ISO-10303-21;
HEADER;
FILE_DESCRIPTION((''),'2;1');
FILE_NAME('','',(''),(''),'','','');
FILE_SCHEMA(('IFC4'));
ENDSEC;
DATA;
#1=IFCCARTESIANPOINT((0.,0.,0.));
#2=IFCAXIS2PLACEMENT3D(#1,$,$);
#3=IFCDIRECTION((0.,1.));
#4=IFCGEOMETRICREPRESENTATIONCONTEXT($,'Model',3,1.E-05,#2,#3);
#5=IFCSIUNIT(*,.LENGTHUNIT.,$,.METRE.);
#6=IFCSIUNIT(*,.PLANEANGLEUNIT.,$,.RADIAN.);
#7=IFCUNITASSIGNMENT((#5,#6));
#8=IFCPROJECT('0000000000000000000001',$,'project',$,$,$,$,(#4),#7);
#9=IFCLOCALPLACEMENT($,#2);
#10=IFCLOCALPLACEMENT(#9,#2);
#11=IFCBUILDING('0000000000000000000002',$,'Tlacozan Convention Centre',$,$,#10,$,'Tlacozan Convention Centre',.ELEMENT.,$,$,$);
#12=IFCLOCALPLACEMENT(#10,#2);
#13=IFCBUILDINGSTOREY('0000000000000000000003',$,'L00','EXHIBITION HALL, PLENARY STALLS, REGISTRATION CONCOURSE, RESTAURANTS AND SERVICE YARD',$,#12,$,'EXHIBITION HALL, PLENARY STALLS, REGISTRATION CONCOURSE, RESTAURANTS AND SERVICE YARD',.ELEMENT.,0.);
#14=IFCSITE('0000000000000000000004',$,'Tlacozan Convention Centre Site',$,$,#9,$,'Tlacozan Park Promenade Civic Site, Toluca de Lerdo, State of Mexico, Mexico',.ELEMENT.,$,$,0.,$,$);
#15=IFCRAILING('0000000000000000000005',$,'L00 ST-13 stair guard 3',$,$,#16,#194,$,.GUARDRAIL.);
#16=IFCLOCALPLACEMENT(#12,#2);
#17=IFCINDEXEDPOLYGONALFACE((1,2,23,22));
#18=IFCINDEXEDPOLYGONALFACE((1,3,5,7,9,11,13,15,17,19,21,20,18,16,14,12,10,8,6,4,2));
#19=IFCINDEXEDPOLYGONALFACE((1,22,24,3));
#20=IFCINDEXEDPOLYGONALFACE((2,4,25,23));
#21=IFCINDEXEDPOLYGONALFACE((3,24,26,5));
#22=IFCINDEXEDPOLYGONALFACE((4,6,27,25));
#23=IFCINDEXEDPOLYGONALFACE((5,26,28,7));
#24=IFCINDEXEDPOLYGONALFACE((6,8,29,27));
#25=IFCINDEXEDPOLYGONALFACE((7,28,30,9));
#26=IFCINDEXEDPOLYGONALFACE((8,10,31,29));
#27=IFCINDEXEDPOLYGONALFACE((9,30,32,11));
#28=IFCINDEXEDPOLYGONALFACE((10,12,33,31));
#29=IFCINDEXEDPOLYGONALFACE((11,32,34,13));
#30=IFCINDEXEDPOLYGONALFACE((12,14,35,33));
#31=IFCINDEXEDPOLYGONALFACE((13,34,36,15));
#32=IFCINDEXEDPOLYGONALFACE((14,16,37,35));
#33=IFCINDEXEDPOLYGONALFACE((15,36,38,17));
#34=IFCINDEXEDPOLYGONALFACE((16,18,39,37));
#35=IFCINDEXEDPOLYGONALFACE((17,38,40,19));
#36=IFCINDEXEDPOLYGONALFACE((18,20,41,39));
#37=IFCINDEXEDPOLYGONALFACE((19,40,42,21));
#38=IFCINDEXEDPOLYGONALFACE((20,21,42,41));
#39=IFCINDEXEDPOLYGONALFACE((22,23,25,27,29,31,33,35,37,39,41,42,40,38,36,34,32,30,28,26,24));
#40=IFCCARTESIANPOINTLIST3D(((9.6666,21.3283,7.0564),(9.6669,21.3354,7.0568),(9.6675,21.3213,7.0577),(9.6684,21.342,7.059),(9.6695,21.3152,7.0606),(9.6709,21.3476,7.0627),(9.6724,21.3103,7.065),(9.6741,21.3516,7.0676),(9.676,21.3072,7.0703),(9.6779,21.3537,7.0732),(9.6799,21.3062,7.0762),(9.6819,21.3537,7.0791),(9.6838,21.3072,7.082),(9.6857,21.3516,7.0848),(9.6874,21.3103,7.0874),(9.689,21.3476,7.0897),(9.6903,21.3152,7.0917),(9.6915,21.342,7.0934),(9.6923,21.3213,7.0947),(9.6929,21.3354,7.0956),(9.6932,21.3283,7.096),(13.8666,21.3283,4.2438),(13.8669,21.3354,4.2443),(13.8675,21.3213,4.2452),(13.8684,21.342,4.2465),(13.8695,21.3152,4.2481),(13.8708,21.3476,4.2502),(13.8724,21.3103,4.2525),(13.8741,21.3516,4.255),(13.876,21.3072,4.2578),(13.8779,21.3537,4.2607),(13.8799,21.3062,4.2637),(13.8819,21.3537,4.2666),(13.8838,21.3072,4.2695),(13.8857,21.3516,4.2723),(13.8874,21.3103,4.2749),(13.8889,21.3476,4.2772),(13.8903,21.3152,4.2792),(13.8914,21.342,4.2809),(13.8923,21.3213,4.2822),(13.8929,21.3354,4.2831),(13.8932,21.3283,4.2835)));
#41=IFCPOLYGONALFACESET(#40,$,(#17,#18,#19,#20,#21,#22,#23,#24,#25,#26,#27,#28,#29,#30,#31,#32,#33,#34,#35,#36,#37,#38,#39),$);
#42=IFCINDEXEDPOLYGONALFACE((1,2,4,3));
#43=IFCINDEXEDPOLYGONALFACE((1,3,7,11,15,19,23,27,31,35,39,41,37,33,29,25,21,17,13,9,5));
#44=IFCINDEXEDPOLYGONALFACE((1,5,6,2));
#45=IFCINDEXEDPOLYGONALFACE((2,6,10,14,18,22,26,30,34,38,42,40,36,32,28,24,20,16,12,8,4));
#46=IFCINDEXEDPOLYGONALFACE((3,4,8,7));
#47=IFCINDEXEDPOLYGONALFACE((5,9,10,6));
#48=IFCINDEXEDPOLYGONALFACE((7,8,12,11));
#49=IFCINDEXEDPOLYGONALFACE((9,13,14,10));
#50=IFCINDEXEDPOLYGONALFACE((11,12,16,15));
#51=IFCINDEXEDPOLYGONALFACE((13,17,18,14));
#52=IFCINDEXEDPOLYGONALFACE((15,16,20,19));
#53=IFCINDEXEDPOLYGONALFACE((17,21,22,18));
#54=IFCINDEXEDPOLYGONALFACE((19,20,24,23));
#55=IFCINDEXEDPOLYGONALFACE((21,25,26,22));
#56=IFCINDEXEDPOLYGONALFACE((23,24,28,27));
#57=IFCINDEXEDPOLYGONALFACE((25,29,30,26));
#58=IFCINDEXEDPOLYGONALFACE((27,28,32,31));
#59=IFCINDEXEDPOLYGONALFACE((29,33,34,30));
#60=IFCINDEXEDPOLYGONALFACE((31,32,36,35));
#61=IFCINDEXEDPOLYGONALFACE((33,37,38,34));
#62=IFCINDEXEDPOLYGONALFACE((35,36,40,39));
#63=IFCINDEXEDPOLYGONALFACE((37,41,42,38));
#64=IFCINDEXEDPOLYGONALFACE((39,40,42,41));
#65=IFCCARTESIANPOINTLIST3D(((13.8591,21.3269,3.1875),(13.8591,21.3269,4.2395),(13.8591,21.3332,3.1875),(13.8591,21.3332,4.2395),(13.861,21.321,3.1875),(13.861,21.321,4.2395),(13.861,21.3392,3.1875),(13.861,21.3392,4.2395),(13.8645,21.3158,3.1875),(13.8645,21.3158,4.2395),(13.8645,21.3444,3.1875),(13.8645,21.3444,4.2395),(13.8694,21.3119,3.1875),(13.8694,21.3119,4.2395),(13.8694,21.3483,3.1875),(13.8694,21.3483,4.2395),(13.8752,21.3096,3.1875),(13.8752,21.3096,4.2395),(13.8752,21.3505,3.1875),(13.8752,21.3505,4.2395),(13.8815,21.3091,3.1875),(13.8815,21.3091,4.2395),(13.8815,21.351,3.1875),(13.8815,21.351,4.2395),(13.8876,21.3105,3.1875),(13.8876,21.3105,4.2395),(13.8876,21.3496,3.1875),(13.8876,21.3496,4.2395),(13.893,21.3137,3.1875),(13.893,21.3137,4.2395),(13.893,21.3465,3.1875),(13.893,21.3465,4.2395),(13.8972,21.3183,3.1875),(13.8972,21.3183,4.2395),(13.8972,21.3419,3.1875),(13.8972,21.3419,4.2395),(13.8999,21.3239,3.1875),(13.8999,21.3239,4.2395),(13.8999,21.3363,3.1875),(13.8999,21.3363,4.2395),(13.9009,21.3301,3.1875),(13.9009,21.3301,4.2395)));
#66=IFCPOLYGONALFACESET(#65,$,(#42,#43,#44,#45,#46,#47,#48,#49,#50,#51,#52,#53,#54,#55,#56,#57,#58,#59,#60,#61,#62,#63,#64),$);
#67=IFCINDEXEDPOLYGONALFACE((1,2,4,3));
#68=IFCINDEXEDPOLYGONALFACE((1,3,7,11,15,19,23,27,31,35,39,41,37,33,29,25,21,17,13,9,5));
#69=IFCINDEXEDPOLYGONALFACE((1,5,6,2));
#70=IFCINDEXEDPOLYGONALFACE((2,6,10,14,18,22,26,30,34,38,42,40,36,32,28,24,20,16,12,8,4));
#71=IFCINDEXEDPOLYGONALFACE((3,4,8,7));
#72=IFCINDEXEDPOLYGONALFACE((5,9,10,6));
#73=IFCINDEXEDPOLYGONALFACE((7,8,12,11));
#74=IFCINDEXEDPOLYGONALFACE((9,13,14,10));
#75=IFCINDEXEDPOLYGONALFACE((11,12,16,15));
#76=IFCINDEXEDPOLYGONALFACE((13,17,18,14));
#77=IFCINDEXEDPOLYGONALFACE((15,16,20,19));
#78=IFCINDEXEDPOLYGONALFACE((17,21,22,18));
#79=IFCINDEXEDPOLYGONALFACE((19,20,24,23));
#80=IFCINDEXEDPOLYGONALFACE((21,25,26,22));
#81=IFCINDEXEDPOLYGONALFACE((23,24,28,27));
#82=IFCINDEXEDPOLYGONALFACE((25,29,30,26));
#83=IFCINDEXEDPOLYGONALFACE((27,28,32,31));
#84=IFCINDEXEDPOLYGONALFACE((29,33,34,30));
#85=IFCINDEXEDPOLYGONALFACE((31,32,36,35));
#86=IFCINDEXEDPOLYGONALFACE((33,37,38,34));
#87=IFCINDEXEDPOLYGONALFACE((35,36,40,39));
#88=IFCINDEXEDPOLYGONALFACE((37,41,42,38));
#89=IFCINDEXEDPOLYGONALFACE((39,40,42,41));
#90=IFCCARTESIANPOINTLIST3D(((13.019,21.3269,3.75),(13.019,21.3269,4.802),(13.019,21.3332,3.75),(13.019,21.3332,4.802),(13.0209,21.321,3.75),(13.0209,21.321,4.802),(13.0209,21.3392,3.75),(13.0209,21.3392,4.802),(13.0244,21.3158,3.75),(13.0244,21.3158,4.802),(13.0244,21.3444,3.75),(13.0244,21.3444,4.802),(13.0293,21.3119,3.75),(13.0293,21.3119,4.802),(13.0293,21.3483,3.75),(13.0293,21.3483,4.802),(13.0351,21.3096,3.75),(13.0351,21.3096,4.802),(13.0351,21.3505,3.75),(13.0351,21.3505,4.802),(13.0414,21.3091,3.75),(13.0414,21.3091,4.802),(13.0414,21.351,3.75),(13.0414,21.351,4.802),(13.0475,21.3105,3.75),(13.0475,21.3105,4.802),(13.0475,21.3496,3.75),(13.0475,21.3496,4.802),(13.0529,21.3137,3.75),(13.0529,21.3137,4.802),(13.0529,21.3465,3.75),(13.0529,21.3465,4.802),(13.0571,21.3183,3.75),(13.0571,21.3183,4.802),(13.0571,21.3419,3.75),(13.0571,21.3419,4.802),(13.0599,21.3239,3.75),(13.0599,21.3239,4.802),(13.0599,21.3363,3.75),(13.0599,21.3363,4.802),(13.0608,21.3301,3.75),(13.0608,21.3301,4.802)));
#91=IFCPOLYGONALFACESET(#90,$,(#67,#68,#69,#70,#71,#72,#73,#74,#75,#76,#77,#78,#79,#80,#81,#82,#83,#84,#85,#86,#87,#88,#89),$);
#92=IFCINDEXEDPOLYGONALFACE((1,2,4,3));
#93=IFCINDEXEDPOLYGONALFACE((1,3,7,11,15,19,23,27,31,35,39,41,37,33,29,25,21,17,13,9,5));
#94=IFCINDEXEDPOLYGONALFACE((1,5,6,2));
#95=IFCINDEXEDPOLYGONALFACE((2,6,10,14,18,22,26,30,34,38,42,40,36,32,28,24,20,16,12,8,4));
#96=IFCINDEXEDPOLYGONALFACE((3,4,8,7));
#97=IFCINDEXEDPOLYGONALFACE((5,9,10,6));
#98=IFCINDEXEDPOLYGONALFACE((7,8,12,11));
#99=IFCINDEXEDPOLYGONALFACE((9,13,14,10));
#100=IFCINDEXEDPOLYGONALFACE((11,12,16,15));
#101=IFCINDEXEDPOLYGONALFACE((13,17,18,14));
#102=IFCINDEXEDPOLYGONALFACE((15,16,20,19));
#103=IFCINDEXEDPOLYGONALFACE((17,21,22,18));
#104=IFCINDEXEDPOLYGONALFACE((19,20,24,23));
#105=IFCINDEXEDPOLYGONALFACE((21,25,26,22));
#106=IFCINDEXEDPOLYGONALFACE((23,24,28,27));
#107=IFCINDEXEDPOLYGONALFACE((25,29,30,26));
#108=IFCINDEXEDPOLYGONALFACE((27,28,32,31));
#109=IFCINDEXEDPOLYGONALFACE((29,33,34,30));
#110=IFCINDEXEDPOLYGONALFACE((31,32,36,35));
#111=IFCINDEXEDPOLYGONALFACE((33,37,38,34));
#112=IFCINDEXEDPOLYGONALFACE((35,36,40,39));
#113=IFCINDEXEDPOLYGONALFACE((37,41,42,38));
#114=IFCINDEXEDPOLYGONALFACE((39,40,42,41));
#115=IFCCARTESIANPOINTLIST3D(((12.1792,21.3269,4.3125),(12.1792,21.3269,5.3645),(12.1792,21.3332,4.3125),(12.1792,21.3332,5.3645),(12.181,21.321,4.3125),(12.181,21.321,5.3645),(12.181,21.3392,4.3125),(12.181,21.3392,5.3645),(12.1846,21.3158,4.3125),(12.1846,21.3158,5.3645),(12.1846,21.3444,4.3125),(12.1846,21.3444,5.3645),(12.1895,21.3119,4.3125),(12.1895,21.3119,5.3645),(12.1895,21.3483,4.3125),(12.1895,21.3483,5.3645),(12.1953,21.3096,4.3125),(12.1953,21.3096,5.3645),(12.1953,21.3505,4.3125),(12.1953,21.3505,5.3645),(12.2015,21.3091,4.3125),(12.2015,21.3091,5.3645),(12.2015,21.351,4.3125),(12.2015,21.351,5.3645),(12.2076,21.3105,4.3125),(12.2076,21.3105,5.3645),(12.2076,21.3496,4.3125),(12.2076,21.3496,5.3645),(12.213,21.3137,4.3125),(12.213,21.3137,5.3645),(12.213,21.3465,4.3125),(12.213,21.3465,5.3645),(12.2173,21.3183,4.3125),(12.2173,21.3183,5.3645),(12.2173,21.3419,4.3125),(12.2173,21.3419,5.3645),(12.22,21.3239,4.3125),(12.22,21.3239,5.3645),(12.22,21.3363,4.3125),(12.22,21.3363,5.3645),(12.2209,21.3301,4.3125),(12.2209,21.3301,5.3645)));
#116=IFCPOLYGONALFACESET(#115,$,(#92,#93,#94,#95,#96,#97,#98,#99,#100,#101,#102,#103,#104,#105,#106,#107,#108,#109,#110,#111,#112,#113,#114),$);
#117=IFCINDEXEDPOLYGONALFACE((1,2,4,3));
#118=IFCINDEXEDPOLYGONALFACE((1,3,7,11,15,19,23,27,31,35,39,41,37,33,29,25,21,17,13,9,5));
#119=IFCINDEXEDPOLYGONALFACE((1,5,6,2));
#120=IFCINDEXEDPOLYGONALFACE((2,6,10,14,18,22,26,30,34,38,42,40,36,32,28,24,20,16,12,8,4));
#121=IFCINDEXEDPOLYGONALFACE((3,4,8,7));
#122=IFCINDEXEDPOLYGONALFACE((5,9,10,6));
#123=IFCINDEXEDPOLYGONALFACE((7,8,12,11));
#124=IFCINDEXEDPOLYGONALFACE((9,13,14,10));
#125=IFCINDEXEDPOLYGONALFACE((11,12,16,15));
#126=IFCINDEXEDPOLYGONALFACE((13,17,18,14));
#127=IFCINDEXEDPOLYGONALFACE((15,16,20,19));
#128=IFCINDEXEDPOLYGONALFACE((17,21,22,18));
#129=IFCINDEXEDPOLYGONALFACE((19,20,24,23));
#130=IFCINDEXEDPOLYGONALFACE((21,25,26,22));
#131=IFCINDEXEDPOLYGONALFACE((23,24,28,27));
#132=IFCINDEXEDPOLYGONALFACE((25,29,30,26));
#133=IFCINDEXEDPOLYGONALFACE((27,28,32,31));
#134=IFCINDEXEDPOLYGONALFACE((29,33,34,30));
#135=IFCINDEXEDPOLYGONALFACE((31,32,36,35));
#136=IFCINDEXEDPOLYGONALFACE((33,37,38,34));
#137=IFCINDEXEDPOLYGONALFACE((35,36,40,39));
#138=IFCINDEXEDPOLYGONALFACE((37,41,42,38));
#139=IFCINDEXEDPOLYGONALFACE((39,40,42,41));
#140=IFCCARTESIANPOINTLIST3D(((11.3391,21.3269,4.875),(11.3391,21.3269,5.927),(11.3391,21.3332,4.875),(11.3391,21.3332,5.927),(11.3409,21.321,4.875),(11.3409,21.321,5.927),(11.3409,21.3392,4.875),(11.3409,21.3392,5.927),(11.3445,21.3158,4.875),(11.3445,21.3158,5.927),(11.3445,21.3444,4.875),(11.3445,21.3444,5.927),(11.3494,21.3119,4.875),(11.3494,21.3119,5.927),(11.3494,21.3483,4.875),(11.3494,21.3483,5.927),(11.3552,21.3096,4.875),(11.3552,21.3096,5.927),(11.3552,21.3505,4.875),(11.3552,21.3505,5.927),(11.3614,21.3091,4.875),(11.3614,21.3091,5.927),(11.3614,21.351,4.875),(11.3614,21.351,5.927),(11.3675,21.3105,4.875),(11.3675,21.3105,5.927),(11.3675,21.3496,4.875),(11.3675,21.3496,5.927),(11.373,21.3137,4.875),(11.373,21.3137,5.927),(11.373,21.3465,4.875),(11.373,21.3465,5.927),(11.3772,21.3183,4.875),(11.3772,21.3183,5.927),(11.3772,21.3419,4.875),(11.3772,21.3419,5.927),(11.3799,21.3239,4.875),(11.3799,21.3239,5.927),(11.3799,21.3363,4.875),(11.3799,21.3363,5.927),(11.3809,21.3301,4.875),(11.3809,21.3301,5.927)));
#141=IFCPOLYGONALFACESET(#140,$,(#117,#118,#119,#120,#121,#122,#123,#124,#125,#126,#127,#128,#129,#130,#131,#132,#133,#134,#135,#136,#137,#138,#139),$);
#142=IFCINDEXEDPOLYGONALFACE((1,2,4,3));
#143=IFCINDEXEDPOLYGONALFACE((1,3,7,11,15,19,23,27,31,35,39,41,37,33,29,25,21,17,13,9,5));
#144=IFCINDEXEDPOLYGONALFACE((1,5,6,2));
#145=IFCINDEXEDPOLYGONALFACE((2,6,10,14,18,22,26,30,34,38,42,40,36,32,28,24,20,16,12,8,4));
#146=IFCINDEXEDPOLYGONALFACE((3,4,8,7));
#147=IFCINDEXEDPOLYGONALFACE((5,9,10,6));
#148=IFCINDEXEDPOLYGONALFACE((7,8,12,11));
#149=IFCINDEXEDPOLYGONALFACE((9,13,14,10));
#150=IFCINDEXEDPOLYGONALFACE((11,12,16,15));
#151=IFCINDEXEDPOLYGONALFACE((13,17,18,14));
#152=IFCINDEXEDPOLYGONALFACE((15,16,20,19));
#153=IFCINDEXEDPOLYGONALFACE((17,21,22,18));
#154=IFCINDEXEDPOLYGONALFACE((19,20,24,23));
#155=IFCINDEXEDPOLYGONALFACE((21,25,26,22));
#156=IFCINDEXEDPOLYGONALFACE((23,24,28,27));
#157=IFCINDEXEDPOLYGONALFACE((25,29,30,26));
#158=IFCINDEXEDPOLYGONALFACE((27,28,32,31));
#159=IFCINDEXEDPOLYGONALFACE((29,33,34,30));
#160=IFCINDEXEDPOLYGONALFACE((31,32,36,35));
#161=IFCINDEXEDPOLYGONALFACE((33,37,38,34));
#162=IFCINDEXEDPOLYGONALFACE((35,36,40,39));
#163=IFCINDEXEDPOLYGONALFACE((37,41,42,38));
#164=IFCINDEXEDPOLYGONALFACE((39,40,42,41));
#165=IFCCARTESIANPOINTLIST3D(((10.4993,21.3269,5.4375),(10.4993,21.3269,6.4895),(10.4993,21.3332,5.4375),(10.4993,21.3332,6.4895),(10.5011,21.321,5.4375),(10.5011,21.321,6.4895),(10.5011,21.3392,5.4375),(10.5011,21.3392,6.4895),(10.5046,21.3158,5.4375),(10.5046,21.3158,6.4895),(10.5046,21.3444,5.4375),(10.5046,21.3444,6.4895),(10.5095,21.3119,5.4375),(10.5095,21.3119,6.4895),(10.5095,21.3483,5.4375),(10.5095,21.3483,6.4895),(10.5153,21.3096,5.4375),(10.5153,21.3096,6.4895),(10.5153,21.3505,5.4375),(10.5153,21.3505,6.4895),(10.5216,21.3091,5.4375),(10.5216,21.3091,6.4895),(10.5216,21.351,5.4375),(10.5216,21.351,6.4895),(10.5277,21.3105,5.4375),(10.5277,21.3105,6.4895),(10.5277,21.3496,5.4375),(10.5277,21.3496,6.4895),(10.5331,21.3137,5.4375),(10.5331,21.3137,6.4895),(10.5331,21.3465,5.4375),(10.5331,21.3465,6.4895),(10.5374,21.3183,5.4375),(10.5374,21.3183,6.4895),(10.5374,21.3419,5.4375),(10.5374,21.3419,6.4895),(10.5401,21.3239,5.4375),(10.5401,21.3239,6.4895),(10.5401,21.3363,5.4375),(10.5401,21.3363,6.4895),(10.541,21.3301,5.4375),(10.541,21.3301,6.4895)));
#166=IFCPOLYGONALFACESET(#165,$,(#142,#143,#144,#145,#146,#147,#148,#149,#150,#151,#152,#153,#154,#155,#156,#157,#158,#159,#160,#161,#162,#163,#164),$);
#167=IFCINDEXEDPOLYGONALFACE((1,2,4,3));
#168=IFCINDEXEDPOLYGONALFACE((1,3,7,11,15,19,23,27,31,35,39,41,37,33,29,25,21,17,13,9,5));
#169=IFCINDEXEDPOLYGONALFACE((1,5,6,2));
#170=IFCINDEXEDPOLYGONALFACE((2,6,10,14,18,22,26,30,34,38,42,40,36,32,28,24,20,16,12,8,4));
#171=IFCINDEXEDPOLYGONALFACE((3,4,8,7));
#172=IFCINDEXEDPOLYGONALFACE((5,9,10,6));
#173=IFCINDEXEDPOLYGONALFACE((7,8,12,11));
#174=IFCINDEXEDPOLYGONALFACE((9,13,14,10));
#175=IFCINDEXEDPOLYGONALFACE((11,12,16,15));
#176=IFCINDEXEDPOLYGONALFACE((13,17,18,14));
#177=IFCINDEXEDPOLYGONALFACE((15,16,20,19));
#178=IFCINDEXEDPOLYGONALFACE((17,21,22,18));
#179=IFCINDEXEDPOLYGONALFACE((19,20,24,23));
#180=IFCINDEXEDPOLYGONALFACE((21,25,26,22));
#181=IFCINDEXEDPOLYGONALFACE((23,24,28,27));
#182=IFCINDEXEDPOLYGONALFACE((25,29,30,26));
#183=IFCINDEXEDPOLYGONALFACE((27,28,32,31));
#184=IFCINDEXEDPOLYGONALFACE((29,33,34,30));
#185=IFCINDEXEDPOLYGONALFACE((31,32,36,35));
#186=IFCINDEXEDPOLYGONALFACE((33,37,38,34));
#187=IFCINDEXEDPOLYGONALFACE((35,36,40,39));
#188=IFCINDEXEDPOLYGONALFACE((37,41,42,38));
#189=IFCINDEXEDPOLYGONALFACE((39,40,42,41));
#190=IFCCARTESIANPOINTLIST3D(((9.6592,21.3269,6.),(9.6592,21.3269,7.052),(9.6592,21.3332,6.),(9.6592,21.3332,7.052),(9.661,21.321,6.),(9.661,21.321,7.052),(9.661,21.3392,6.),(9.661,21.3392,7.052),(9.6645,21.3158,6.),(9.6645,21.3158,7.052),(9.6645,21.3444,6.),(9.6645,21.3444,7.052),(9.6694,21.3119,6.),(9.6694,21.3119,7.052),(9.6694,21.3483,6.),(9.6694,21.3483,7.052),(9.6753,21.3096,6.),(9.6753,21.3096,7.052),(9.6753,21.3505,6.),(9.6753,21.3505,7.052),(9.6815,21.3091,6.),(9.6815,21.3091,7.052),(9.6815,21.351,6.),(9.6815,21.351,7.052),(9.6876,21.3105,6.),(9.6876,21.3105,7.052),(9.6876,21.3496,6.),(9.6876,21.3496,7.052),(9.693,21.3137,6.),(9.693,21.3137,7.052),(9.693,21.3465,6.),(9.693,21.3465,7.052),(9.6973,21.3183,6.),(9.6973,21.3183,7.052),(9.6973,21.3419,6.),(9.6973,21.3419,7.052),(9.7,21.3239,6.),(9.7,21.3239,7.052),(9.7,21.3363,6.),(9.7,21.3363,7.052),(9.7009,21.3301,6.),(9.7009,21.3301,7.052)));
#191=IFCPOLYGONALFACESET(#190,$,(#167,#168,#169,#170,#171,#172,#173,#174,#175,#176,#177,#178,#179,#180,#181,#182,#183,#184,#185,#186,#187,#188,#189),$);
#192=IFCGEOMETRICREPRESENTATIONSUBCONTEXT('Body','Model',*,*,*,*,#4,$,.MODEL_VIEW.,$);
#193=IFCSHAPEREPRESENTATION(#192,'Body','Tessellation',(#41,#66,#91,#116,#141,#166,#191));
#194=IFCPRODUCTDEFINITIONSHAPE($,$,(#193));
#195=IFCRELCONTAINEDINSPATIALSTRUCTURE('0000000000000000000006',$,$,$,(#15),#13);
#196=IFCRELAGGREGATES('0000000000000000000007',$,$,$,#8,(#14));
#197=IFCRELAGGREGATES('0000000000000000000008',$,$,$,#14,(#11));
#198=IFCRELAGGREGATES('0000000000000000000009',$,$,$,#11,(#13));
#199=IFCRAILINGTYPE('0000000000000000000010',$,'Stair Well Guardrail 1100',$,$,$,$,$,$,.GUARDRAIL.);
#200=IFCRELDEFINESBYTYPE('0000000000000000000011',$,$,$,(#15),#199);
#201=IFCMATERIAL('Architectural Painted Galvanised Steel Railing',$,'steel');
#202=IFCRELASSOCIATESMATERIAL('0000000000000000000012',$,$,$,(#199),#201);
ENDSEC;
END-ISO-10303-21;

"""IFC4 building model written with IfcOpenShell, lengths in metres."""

from ifc_helpers import new_model, si_unit, direction, frame, origin, origin_2d, place, context, subcontext, project, spatial, circle, extrude, material, type_object, element, save


model = new_model("IFC4")

# Units and contexts
model_context = context("Model", 3, precision=1e-05, world=origin(), true_north=direction((0.0, 1.0)))
body_context = subcontext(model_context, "Body", "Model", "MODEL_VIEW")
ifc_project = project(units=[si_unit("LENGTHUNIT", "METRE"), si_unit("PLANEANGLEUNIT", "RADIAN")], contexts=[model_context])

# Site, building, storey
site_placement = place(None, origin())
site = spatial("IfcSite", under=ifc_project, at=site_placement, Name="Tlacozan Convention Centre Site", LongName="Tlacozan Park Promenade Civic Site, Toluca de Lerdo, State of Mexico, Mexico", CompositionType="ELEMENT", RefElevation=0.0)
building_placement = place(site_placement, origin())
building = spatial("IfcBuilding", under=site, at=building_placement, Name="Tlacozan Convention Centre", LongName="Tlacozan Convention Centre", CompositionType="ELEMENT")
storey_placement = place(building_placement, origin())
storey = spatial("IfcBuildingStorey", under=building, at=storey_placement, Name="L00", Description="EXHIBITION HALL, PLENARY STALLS, REGISTRATION CONCOURSE, RESTAURANTS AND SERVICE YARD", LongName="EXHIBITION HALL, PLENARY STALLS, REGISTRATION CONCOURSE, RESTAURANTS AND SERVICE YARD", CompositionType="ELEMENT", Elevation=0.0)

# Railing
ifc_material_1 = material(Name="Architectural Painted Galvanised Steel Railing", Category="steel")
railing_type_1 = type_object("IfcRailingType", Name="Stair Well Guardrail 1100", PredefinedType="GUARDRAIL", material=ifc_material_1)
railing_1_placement = place(storey_placement, frame((13.8799, 21.3301, 3.1875)))
element("IfcRailing", 1, at=railing_1_placement, inside=storey, type_object=railing_type_1, Name="L00 ST-13 stair guard 3", PredefinedType="GUARDRAIL", context=body_context, shape_type="SweptSolid", body=[
    extrude(circle(Radius=0.0239, at=origin_2d()), frame((0.0, 0.0, 1.0762), z_axis=(-0.830904, 0.0, 0.556416), x_axis=(0.0, -1.0, 0.0)), (0.0, 0.0, 1.0), 5.0547),
    extrude(circle(Radius=0.021, at=origin_2d()), origin(), (0.0, 0.0, 1.0), 1.052),
    extrude(circle(Radius=0.021, at=origin_2d()), frame((-0.8401, 0.0, 0.5625)), (0.0, 0.0, 1.0), 1.052),
    extrude(circle(Radius=0.021, at=origin_2d()), frame((-1.6799, 0.0, 1.125)), (0.0, 0.0, 1.0), 1.052),
    extrude(circle(Radius=0.021, at=origin_2d()), frame((-2.52, 0.0, 1.6875)), (0.0, 0.0, 1.0), 1.052),
    extrude(circle(Radius=0.021, at=origin_2d()), frame((-3.3599, 0.0, 2.25)), (0.0, 0.0, 1.0), 1.052),
    extrude(circle(Radius=0.021, at=origin_2d()), frame((-4.2, 0.0, 2.8125)), (0.0, 0.0, 1.0), 1.052),
])

save(model, "model.ifc")
